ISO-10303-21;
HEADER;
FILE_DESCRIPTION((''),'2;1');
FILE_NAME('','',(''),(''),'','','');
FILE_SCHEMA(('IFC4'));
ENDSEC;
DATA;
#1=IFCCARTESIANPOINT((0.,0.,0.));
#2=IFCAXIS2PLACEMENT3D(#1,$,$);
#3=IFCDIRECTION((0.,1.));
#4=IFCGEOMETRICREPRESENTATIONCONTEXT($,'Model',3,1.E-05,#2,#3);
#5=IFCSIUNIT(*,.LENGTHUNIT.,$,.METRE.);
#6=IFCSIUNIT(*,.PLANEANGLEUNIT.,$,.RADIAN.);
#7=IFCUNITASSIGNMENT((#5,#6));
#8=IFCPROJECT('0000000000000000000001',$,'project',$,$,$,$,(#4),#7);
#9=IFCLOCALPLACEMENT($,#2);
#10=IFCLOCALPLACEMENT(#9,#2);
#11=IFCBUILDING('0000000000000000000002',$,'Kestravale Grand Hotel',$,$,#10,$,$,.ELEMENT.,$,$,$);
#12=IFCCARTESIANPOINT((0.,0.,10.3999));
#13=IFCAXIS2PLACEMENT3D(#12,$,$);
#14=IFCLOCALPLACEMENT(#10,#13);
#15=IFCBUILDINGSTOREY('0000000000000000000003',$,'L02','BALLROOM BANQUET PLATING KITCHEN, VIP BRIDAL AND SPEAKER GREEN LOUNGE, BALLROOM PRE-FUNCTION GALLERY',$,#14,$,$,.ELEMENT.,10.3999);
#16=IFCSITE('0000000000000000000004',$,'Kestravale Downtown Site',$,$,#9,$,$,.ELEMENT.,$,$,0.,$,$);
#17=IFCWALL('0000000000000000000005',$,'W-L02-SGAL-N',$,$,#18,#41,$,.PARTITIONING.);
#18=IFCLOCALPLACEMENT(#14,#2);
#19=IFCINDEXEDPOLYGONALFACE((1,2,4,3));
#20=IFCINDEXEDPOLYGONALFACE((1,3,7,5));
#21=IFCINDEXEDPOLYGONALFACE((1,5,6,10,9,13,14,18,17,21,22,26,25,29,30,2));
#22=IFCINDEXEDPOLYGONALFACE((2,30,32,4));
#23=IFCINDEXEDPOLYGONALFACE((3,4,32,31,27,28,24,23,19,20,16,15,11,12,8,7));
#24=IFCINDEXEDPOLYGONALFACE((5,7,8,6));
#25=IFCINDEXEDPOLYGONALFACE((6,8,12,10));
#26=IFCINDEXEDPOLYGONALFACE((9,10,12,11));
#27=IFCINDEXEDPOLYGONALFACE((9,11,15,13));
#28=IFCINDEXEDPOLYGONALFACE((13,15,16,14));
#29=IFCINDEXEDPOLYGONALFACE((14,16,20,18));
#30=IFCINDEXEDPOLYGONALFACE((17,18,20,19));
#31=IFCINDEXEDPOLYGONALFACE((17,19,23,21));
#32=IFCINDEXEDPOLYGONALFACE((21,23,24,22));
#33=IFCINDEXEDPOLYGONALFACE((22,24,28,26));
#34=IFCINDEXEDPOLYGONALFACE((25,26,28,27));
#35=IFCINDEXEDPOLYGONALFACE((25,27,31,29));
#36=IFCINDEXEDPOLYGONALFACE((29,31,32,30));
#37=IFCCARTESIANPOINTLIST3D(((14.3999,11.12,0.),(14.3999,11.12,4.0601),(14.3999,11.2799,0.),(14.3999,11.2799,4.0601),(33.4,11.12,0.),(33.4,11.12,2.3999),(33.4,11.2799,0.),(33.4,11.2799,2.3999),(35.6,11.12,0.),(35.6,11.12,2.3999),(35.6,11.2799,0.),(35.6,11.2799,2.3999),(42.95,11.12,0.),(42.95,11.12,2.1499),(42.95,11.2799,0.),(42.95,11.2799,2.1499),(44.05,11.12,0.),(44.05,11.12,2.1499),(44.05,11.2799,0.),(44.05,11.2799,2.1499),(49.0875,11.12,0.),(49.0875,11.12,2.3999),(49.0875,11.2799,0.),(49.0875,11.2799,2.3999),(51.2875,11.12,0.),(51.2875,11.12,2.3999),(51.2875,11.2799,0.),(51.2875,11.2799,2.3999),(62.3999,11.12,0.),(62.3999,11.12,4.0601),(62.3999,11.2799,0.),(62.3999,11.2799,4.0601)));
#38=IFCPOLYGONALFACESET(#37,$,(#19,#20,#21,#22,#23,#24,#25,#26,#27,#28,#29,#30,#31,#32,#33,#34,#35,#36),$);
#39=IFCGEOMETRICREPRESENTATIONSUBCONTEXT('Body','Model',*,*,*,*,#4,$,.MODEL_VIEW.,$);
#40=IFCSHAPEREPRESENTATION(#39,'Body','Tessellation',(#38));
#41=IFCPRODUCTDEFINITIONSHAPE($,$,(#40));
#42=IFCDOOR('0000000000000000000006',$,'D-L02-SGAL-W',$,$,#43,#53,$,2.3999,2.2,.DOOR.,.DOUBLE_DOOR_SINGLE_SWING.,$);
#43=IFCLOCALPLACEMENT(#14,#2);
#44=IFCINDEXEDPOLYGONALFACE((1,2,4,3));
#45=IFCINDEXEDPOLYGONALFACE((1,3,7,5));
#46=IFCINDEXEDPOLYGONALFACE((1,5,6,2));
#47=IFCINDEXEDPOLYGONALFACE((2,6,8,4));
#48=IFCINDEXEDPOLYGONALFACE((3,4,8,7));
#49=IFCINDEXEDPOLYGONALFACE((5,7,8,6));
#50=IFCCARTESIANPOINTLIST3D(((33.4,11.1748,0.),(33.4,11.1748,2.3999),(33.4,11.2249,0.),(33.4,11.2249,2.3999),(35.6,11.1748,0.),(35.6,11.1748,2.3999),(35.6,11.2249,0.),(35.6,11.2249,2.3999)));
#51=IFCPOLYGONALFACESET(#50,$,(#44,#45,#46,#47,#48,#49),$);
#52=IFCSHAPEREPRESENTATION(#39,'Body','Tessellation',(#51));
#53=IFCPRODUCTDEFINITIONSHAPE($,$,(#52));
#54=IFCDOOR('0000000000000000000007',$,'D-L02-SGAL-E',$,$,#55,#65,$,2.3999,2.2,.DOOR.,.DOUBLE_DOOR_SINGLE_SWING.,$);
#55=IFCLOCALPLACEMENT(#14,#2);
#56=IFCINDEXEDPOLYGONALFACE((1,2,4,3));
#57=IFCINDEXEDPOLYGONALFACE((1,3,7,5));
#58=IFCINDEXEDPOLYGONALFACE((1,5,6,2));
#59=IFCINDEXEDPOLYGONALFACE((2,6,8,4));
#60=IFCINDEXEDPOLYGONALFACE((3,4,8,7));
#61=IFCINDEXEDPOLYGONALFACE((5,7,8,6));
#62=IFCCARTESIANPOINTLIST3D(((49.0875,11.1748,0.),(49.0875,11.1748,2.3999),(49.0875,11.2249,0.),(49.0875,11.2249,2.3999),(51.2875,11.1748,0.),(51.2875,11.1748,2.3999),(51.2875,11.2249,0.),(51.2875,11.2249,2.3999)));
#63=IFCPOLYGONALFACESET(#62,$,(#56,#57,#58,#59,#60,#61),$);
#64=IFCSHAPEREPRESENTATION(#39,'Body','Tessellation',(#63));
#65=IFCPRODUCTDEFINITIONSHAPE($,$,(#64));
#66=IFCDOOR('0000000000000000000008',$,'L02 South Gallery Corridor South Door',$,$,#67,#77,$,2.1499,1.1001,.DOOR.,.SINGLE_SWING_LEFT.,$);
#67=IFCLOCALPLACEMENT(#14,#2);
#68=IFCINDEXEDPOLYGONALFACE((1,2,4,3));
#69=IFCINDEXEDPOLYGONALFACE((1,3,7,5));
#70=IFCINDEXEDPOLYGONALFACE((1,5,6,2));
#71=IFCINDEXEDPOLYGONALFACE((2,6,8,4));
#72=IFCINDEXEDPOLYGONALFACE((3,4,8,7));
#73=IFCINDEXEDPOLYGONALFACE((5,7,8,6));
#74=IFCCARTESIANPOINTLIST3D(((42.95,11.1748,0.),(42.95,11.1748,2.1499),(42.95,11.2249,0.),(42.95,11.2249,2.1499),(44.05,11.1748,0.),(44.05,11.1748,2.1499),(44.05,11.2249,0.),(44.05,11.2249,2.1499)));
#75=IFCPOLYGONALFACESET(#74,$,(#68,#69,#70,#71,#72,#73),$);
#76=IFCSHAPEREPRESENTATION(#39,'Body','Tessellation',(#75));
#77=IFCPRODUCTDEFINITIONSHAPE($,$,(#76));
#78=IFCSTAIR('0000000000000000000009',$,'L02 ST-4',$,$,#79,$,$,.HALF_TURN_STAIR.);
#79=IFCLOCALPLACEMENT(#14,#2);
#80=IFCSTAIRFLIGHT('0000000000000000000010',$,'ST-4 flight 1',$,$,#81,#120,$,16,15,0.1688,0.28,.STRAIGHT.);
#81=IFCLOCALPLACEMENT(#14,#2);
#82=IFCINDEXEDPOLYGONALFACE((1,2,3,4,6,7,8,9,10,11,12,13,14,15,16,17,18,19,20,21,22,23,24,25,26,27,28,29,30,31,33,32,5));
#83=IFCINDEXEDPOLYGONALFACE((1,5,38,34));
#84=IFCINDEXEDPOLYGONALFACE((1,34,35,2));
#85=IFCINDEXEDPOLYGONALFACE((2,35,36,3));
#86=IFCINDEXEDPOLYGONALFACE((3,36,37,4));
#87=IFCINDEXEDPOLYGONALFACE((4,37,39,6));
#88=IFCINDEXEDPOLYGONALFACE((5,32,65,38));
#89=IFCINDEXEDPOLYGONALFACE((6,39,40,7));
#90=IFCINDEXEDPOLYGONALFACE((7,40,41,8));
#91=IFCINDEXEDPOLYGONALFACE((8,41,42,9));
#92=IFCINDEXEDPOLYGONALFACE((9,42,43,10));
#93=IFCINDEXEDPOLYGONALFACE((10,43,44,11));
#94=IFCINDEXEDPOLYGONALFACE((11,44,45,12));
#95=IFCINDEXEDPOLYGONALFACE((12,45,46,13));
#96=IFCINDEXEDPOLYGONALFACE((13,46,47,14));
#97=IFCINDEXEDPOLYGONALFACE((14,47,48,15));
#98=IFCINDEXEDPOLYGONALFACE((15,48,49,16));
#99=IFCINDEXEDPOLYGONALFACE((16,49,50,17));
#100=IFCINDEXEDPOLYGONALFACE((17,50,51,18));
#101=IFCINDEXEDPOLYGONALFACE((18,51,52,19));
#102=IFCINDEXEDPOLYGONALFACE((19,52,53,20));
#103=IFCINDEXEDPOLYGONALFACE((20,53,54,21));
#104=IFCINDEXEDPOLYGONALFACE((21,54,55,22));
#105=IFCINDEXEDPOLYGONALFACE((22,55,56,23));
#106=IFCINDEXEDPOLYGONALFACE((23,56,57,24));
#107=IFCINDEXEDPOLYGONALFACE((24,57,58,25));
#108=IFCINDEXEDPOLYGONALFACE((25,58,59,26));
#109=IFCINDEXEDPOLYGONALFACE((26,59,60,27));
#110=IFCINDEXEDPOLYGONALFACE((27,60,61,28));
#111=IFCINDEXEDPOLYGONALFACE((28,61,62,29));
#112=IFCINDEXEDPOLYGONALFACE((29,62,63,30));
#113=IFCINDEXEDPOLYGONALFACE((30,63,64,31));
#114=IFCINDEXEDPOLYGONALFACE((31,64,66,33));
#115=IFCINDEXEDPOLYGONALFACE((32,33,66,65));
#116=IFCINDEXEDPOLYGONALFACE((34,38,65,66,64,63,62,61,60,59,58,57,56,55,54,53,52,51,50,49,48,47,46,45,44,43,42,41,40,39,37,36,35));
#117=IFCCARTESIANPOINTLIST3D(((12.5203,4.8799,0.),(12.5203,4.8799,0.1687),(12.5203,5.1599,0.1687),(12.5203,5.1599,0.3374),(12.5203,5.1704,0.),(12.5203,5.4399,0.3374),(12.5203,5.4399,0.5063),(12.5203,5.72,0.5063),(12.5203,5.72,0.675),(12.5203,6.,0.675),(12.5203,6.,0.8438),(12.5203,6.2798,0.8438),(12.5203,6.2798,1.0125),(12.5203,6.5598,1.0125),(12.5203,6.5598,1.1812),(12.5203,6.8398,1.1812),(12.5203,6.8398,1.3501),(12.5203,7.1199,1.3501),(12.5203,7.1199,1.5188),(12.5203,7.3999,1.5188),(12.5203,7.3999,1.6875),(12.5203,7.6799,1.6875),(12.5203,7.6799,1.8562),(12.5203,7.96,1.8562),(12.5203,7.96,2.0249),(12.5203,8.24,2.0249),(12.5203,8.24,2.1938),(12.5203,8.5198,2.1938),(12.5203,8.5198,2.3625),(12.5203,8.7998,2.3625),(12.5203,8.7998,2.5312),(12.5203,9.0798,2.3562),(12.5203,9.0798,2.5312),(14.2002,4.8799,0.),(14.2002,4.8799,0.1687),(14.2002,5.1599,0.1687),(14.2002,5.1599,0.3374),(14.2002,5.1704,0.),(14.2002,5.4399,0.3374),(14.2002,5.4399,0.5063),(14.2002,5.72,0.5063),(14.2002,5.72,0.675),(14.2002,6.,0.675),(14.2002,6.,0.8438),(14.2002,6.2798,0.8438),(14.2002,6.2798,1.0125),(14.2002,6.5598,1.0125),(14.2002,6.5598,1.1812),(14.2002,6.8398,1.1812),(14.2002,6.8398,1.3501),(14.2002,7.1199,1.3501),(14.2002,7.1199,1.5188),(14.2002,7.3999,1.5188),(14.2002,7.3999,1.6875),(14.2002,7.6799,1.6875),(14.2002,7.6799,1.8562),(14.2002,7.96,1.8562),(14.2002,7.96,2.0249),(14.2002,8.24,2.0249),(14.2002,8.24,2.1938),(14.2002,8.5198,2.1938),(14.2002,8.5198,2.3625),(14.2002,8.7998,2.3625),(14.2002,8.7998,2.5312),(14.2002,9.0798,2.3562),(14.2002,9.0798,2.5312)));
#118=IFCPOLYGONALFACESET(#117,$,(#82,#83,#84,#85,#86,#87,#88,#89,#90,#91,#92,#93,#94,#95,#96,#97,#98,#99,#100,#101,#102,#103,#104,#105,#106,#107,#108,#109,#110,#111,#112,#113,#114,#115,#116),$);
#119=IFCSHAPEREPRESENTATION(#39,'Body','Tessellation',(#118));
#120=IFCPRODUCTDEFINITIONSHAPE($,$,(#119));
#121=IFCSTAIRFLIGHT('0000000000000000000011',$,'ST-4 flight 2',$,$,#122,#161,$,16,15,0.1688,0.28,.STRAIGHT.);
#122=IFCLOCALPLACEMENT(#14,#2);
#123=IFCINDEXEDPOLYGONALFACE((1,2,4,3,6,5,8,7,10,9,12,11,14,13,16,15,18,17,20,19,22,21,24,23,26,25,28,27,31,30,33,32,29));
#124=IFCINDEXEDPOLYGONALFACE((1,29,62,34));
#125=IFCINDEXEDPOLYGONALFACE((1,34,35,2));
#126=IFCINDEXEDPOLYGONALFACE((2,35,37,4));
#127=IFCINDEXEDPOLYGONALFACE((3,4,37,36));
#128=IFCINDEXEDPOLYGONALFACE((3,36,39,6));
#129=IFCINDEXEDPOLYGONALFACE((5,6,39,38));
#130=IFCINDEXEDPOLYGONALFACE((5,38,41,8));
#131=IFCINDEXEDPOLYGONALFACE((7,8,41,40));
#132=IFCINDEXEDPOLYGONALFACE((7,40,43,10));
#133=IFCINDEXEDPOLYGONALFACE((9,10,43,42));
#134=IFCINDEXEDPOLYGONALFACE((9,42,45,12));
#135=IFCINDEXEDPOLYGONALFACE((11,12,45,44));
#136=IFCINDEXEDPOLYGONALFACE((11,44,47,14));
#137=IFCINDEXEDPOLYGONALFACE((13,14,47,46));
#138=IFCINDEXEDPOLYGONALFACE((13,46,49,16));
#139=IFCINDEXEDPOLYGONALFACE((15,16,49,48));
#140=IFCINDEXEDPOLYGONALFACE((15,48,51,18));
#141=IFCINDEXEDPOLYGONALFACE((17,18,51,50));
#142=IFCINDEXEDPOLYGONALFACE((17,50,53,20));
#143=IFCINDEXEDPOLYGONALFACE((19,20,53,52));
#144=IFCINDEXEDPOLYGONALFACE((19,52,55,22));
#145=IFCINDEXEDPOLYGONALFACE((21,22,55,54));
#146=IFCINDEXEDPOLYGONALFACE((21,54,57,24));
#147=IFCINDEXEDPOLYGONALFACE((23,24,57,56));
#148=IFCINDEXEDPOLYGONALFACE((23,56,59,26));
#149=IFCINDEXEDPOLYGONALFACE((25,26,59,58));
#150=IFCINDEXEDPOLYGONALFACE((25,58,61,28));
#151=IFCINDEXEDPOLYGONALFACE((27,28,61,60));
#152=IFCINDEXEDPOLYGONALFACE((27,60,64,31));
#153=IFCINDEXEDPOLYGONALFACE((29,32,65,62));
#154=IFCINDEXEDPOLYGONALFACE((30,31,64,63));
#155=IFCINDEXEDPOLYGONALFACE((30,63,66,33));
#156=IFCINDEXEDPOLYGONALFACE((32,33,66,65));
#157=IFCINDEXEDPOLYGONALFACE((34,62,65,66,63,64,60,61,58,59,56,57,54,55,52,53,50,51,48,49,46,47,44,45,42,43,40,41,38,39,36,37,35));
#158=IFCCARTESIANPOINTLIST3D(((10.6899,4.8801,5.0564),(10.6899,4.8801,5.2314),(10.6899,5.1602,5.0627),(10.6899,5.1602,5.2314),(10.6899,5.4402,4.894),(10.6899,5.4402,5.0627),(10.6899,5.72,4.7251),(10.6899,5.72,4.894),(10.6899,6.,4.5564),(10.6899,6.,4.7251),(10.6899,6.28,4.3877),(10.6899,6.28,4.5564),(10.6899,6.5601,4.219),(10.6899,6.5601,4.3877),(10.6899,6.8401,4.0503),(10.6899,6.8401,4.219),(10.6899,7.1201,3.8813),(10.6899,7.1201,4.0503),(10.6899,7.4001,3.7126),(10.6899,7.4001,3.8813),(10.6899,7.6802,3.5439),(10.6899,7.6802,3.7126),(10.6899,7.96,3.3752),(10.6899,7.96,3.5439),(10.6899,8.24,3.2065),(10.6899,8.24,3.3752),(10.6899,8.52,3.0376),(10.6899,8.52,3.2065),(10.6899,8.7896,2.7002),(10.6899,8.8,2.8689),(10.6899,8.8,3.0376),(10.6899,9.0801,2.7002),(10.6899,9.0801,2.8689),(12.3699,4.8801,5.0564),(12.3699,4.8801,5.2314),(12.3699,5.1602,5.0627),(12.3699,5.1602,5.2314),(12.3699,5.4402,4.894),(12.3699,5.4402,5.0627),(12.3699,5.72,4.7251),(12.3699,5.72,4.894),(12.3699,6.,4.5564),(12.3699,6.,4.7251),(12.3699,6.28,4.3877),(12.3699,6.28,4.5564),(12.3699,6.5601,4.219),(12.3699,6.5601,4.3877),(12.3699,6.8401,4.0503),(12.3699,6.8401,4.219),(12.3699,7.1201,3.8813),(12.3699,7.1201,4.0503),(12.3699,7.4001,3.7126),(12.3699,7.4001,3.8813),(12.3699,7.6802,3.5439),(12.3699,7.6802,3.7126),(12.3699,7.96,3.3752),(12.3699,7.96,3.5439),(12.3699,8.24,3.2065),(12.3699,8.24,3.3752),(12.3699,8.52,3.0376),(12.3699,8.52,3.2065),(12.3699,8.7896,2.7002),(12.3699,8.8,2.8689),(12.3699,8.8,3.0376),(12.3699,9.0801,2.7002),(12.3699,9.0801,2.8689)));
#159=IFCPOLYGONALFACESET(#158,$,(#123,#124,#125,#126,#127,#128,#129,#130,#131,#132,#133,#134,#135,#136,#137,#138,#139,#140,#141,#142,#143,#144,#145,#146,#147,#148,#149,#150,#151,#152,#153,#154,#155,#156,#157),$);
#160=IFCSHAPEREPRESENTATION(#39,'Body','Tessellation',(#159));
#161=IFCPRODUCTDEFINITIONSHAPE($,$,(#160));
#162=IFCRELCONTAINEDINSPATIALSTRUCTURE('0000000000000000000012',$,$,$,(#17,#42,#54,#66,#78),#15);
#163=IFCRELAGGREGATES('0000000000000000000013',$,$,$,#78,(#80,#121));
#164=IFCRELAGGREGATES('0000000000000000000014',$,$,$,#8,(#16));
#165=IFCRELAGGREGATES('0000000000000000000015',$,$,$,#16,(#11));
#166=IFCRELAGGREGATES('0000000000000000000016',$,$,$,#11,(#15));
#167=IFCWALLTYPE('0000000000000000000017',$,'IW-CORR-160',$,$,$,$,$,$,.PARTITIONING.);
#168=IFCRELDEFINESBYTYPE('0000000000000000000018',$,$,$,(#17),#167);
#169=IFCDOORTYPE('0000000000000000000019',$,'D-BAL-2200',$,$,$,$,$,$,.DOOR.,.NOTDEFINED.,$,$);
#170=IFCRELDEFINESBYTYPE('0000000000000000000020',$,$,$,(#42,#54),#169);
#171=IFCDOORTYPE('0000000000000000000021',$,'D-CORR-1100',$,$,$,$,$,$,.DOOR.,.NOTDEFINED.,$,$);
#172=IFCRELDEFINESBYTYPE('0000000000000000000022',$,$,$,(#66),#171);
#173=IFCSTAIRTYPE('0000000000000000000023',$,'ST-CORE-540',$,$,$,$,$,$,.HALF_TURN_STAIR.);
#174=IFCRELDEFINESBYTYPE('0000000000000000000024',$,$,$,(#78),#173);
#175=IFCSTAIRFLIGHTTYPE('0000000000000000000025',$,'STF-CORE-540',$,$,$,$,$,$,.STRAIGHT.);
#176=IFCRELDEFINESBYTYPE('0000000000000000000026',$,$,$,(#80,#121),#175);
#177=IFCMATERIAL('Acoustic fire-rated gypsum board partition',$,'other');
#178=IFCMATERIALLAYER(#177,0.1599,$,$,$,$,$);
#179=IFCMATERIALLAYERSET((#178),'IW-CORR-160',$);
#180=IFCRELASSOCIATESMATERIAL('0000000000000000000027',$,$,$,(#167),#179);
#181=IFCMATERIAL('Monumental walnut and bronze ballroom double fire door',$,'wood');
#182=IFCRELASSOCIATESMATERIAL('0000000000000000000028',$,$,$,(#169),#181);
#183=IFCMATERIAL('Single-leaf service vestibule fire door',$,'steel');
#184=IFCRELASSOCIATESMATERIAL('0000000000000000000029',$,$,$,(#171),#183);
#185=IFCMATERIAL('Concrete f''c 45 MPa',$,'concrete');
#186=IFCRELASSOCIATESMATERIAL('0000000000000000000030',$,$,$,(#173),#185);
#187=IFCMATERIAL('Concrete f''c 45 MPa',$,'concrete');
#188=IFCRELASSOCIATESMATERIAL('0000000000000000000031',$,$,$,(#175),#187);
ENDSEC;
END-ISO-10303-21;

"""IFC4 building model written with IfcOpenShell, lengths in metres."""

from ifc_helpers import new_model, si_unit, direction, frame, frame_2d, origin, place, context, subcontext, project, spatial, polyline, rectangle, outline, extrude, material, layer, layer_set, type_object, element, fill, aggregate, save


model = new_model("IFC4")

# Units and contexts
model_context = context("Model", 3, precision=1e-05, world=origin(), true_north=direction((0.0, 1.0)))
body_context = subcontext(model_context, "Body", "Model", "MODEL_VIEW")
ifc_project = project(units=[si_unit("LENGTHUNIT", "METRE"), si_unit("PLANEANGLEUNIT", "RADIAN")], contexts=[model_context])

# Site, building, storey
site_placement = place(None, origin())
site = spatial("IfcSite", under=ifc_project, at=site_placement, Name="Kestravale Downtown Site", CompositionType="ELEMENT", RefElevation=0.0)
building_placement = place(site_placement, origin())
building = spatial("IfcBuilding", under=site, at=building_placement, Name="Kestravale Grand Hotel", CompositionType="ELEMENT")
storey_placement = place(building_placement, frame((0.0, 0.0, 10.3999)))
storey = spatial("IfcBuildingStorey", under=building, at=storey_placement, Name="L02", Description="BALLROOM BANQUET PLATING KITCHEN, VIP BRIDAL AND SPEAKER GREEN LOUNGE, BALLROOM PRE-FUNCTION GALLERY", CompositionType="ELEMENT", Elevation=10.3999)

# Shared definitions
ifc_material_1 = material(Name="Acoustic fire-rated gypsum board partition", Category="other")
ifc_layer_1 = layer(ifc_material_1, 0.1599)
ifc_layer_set_1 = layer_set([ifc_layer_1], Name="IW-CORR-160")
wall_type_1 = type_object("IfcWallType", Name="IW-CORR-160", PredefinedType="PARTITIONING", material=ifc_layer_set_1)

# Wall, openings, doors
wall_1_placement = place(storey_placement, frame((14.3999, 11.2, 0.0), z_axis=(0.0, 0.0, 1.0), x_axis=(1.0, 0.0, 0.0)))
wall_1 = element("IfcWall", 1, at=wall_1_placement, inside=storey, type_object=wall_type_1, Name="W-L02-SGAL-N", PredefinedType="PARTITIONING", context=body_context, shape_type="SweptSolid", body=[
    extrude(rectangle(XDim=48.0, YDim=0.1599, at=frame_2d((24.0, 0.0))), origin(), (0.0, 0.0, 1.0), 4.0601),
])
opening_1_placement = place(wall_1_placement, frame((28.55, 0.0, 0.0)))
opening_1 = element("IfcOpeningElement", 2, at=opening_1_placement, cuts=wall_1, PredefinedType="OPENING", context=body_context, shape_type="SweptSolid", body=[
    extrude(rectangle(XDim=1.1001, YDim=2.1499, at=frame_2d((0.55, 1.075))), frame((0.0, 0.0898, 0.0), z_axis=(0.0, -1.0, 0.0), x_axis=(1.0, 0.0, 0.0)), (0.0, 0.0, 1.0), 0.1799),
])
opening_2_placement = place(wall_1_placement, frame((19.0, 0.0, 0.0)))
opening_2 = element("IfcOpeningElement", 3, at=opening_2_placement, cuts=wall_1, PredefinedType="OPENING", context=body_context, shape_type="SweptSolid", body=[
    extrude(rectangle(XDim=2.2, YDim=2.3999, at=frame_2d((1.1001, 1.2))), frame((0.0, 0.0898, 0.0), z_axis=(0.0, -1.0, 0.0), x_axis=(1.0, 0.0, 0.0)), (0.0, 0.0, 1.0), 0.1799),
])
opening_3_placement = place(wall_1_placement, frame((34.6875, 0.0, 0.0)))
opening_3 = element("IfcOpeningElement", 4, at=opening_3_placement, cuts=wall_1, PredefinedType="OPENING", context=body_context, shape_type="SweptSolid", body=[
    extrude(rectangle(XDim=2.2, YDim=2.3999, at=frame_2d((1.1001, 1.2))), frame((0.0, 0.0898, 0.0), z_axis=(0.0, -1.0, 0.0), x_axis=(1.0, 0.0, 0.0)), (0.0, 0.0, 1.0), 0.1799),
])
ifc_material_2 = material(Name="Monumental walnut and bronze ballroom double fire door", Category="wood")
door_type_1 = type_object("IfcDoorType", Name="D-BAL-2200", OperationType="NOTDEFINED", PredefinedType="DOOR", material=ifc_material_2)
door_1_placement = place(opening_2_placement, origin())
door_1 = element("IfcDoor", 5, at=door_1_placement, inside=storey, type_object=door_type_1, Name="D-L02-SGAL-W", OperationType="DOUBLE_DOOR_SINGLE_SWING", OverallHeight=2.3999, OverallWidth=2.2, PredefinedType="DOOR", context=body_context, shape_type="SweptSolid", body=[
    extrude(rectangle(XDim=2.2, YDim=2.3999, at=frame_2d((1.1001, 1.2))), frame((0.0, 0.0249, 0.0), z_axis=(0.0, -1.0, 0.0), x_axis=(1.0, 0.0, 0.0)), (0.0, 0.0, 1.0), 0.05),
])
fill(opening_2, door_1)
door_2_placement = place(opening_3_placement, origin())
door_2 = element("IfcDoor", 6, at=door_2_placement, inside=storey, type_object=door_type_1, Name="D-L02-SGAL-E", OperationType="DOUBLE_DOOR_SINGLE_SWING", OverallHeight=2.3999, OverallWidth=2.2, PredefinedType="DOOR", context=body_context, shape_type="SweptSolid", body=[
    extrude(rectangle(XDim=2.2, YDim=2.3999, at=frame_2d((1.1001, 1.2))), frame((0.0, 0.0249, 0.0), z_axis=(0.0, -1.0, 0.0), x_axis=(1.0, 0.0, 0.0)), (0.0, 0.0, 1.0), 0.05),
])
fill(opening_3, door_2)
ifc_material_3 = material(Name="Single-leaf service vestibule fire door", Category="steel")
door_type_2 = type_object("IfcDoorType", Name="D-CORR-1100", OperationType="NOTDEFINED", PredefinedType="DOOR", material=ifc_material_3)
door_3_placement = place(opening_1_placement, origin())
door_3 = element("IfcDoor", 7, at=door_3_placement, inside=storey, type_object=door_type_2, Name="L02 South Gallery Corridor South Door", OperationType="SINGLE_SWING_LEFT", OverallHeight=2.1499, OverallWidth=1.1001, PredefinedType="DOOR", context=body_context, shape_type="SweptSolid", body=[
    extrude(rectangle(XDim=1.1001, YDim=2.1499, at=frame_2d((0.55, 1.075))), frame((0.0, 0.0249, 0.0), z_axis=(0.0, -1.0, 0.0), x_axis=(1.0, 0.0, 0.0)), (0.0, 0.0, 1.0), 0.05),
])
fill(opening_1, door_3)

# Stair, stair flights
ifc_material_4 = material(Name="Concrete f'c 45 MPa", Category="concrete")
stair_type = type_object("IfcStairType", Name="ST-CORE-540", PredefinedType="HALF_TURN_STAIR", material=ifc_material_4)
stair_placement = place(storey_placement, origin())
stair = element("IfcStair", 8, at=stair_placement, inside=storey, type_object=stair_type, Name="L02 ST-4", PredefinedType="HALF_TURN_STAIR")
ifc_material_5 = material(Name="Concrete f'c 45 MPa", Category="concrete")
stair_flight_type = type_object("IfcStairFlightType", Name="STF-CORE-540", PredefinedType="STRAIGHT", material=ifc_material_5)
stair_flight_1_placement = place(storey_placement, frame((13.3601, 4.8799, 0.0), z_axis=(0.0, 0.0, 1.0), x_axis=(0.0, 1.0, 0.0)))
stair_flight_1 = element("IfcStairFlight", 9, at=stair_flight_1_placement, type_object=stair_flight_type, Name="ST-4 flight 1", NumberOfRisers=16, NumberOfTreads=15, PredefinedType="STRAIGHT", RiserHeight=0.1688, TreadLength=0.28, context=body_context, shape_type="SweptSolid", body=[
    extrude(outline(polyline([(0.0, 0.0), (0.0, 0.1687), (0.28, 0.1687), (0.28, 0.3374), (0.5601, 0.3374), (0.5601, 0.5063), (0.8401, 0.5063), (0.8401, 0.675), (1.1201, 0.675), (1.1201, 0.8438), (1.3999, 0.8438), (1.3999, 1.0125), (1.6799, 1.0125), (1.6799, 1.1812), (1.96, 1.1812), (1.96, 1.3501), (2.24, 1.3501), (2.24, 1.5188), (2.52, 1.5188), (2.52, 1.6875), (2.8, 1.6875), (2.8, 1.8562), (3.0801, 1.8562), (3.0801, 2.0249), (3.3601, 2.0249), (3.3601, 2.1938), (3.6399, 2.1938), (3.6399, 2.3625), (3.9199, 2.3625), (3.9199, 2.5312), (4.2, 2.5312), (4.2, 2.7), (4.2, 2.3562), (0.2905, 0.0), (0.0, 0.0)])), frame((0.0, 0.8398, 0.0), z_axis=(0.0, -1.0, 0.0), x_axis=(1.0, 0.0, 0.0)), (0.0, 0.0, 1.0), 1.6799),
])
stair_flight_2_placement = place(storey_placement, frame((11.53, 9.0801, 2.7002), z_axis=(0.0, 0.0, 1.0), x_axis=(0.0, -1.0, 0.0)))
stair_flight_2 = element("IfcStairFlight", 10, at=stair_flight_2_placement, type_object=stair_flight_type, Name="ST-4 flight 2", NumberOfRisers=16, NumberOfTreads=15, PredefinedType="STRAIGHT", RiserHeight=0.1688, TreadLength=0.28, context=body_context, shape_type="SweptSolid", body=[
    extrude(outline(polyline([(0.0, 0.0), (0.0, 0.1687), (0.28, 0.1687), (0.28, 0.3374), (0.5601, 0.3374), (0.5601, 0.5063), (0.8401, 0.5063), (0.8401, 0.675), (1.1201, 0.675), (1.1201, 0.8438), (1.3999, 0.8438), (1.3999, 1.0125), (1.6799, 1.0125), (1.6799, 1.1812), (1.96, 1.1812), (1.96, 1.3501), (2.24, 1.3501), (2.24, 1.5188), (2.52, 1.5188), (2.52, 1.6875), (2.8, 1.6875), (2.8, 1.8562), (3.0801, 1.8562), (3.0801, 2.0249), (3.3601, 2.0249), (3.3601, 2.1938), (3.6399, 2.1938), (3.6399, 2.3625), (3.9199, 2.3625), (3.9199, 2.5312), (4.2, 2.5312), (4.2, 2.7), (4.2, 2.3562), (0.2905, 0.0), (0.0, 0.0)])), frame((0.0, 0.8398, 0.0), z_axis=(0.0, -1.0, 0.0), x_axis=(1.0, 0.0, 0.0)), (0.0, 0.0, 1.0), 1.6799),
])
aggregate(stair, [stair_flight_1, stair_flight_2])

save(model, "model.ifc")
